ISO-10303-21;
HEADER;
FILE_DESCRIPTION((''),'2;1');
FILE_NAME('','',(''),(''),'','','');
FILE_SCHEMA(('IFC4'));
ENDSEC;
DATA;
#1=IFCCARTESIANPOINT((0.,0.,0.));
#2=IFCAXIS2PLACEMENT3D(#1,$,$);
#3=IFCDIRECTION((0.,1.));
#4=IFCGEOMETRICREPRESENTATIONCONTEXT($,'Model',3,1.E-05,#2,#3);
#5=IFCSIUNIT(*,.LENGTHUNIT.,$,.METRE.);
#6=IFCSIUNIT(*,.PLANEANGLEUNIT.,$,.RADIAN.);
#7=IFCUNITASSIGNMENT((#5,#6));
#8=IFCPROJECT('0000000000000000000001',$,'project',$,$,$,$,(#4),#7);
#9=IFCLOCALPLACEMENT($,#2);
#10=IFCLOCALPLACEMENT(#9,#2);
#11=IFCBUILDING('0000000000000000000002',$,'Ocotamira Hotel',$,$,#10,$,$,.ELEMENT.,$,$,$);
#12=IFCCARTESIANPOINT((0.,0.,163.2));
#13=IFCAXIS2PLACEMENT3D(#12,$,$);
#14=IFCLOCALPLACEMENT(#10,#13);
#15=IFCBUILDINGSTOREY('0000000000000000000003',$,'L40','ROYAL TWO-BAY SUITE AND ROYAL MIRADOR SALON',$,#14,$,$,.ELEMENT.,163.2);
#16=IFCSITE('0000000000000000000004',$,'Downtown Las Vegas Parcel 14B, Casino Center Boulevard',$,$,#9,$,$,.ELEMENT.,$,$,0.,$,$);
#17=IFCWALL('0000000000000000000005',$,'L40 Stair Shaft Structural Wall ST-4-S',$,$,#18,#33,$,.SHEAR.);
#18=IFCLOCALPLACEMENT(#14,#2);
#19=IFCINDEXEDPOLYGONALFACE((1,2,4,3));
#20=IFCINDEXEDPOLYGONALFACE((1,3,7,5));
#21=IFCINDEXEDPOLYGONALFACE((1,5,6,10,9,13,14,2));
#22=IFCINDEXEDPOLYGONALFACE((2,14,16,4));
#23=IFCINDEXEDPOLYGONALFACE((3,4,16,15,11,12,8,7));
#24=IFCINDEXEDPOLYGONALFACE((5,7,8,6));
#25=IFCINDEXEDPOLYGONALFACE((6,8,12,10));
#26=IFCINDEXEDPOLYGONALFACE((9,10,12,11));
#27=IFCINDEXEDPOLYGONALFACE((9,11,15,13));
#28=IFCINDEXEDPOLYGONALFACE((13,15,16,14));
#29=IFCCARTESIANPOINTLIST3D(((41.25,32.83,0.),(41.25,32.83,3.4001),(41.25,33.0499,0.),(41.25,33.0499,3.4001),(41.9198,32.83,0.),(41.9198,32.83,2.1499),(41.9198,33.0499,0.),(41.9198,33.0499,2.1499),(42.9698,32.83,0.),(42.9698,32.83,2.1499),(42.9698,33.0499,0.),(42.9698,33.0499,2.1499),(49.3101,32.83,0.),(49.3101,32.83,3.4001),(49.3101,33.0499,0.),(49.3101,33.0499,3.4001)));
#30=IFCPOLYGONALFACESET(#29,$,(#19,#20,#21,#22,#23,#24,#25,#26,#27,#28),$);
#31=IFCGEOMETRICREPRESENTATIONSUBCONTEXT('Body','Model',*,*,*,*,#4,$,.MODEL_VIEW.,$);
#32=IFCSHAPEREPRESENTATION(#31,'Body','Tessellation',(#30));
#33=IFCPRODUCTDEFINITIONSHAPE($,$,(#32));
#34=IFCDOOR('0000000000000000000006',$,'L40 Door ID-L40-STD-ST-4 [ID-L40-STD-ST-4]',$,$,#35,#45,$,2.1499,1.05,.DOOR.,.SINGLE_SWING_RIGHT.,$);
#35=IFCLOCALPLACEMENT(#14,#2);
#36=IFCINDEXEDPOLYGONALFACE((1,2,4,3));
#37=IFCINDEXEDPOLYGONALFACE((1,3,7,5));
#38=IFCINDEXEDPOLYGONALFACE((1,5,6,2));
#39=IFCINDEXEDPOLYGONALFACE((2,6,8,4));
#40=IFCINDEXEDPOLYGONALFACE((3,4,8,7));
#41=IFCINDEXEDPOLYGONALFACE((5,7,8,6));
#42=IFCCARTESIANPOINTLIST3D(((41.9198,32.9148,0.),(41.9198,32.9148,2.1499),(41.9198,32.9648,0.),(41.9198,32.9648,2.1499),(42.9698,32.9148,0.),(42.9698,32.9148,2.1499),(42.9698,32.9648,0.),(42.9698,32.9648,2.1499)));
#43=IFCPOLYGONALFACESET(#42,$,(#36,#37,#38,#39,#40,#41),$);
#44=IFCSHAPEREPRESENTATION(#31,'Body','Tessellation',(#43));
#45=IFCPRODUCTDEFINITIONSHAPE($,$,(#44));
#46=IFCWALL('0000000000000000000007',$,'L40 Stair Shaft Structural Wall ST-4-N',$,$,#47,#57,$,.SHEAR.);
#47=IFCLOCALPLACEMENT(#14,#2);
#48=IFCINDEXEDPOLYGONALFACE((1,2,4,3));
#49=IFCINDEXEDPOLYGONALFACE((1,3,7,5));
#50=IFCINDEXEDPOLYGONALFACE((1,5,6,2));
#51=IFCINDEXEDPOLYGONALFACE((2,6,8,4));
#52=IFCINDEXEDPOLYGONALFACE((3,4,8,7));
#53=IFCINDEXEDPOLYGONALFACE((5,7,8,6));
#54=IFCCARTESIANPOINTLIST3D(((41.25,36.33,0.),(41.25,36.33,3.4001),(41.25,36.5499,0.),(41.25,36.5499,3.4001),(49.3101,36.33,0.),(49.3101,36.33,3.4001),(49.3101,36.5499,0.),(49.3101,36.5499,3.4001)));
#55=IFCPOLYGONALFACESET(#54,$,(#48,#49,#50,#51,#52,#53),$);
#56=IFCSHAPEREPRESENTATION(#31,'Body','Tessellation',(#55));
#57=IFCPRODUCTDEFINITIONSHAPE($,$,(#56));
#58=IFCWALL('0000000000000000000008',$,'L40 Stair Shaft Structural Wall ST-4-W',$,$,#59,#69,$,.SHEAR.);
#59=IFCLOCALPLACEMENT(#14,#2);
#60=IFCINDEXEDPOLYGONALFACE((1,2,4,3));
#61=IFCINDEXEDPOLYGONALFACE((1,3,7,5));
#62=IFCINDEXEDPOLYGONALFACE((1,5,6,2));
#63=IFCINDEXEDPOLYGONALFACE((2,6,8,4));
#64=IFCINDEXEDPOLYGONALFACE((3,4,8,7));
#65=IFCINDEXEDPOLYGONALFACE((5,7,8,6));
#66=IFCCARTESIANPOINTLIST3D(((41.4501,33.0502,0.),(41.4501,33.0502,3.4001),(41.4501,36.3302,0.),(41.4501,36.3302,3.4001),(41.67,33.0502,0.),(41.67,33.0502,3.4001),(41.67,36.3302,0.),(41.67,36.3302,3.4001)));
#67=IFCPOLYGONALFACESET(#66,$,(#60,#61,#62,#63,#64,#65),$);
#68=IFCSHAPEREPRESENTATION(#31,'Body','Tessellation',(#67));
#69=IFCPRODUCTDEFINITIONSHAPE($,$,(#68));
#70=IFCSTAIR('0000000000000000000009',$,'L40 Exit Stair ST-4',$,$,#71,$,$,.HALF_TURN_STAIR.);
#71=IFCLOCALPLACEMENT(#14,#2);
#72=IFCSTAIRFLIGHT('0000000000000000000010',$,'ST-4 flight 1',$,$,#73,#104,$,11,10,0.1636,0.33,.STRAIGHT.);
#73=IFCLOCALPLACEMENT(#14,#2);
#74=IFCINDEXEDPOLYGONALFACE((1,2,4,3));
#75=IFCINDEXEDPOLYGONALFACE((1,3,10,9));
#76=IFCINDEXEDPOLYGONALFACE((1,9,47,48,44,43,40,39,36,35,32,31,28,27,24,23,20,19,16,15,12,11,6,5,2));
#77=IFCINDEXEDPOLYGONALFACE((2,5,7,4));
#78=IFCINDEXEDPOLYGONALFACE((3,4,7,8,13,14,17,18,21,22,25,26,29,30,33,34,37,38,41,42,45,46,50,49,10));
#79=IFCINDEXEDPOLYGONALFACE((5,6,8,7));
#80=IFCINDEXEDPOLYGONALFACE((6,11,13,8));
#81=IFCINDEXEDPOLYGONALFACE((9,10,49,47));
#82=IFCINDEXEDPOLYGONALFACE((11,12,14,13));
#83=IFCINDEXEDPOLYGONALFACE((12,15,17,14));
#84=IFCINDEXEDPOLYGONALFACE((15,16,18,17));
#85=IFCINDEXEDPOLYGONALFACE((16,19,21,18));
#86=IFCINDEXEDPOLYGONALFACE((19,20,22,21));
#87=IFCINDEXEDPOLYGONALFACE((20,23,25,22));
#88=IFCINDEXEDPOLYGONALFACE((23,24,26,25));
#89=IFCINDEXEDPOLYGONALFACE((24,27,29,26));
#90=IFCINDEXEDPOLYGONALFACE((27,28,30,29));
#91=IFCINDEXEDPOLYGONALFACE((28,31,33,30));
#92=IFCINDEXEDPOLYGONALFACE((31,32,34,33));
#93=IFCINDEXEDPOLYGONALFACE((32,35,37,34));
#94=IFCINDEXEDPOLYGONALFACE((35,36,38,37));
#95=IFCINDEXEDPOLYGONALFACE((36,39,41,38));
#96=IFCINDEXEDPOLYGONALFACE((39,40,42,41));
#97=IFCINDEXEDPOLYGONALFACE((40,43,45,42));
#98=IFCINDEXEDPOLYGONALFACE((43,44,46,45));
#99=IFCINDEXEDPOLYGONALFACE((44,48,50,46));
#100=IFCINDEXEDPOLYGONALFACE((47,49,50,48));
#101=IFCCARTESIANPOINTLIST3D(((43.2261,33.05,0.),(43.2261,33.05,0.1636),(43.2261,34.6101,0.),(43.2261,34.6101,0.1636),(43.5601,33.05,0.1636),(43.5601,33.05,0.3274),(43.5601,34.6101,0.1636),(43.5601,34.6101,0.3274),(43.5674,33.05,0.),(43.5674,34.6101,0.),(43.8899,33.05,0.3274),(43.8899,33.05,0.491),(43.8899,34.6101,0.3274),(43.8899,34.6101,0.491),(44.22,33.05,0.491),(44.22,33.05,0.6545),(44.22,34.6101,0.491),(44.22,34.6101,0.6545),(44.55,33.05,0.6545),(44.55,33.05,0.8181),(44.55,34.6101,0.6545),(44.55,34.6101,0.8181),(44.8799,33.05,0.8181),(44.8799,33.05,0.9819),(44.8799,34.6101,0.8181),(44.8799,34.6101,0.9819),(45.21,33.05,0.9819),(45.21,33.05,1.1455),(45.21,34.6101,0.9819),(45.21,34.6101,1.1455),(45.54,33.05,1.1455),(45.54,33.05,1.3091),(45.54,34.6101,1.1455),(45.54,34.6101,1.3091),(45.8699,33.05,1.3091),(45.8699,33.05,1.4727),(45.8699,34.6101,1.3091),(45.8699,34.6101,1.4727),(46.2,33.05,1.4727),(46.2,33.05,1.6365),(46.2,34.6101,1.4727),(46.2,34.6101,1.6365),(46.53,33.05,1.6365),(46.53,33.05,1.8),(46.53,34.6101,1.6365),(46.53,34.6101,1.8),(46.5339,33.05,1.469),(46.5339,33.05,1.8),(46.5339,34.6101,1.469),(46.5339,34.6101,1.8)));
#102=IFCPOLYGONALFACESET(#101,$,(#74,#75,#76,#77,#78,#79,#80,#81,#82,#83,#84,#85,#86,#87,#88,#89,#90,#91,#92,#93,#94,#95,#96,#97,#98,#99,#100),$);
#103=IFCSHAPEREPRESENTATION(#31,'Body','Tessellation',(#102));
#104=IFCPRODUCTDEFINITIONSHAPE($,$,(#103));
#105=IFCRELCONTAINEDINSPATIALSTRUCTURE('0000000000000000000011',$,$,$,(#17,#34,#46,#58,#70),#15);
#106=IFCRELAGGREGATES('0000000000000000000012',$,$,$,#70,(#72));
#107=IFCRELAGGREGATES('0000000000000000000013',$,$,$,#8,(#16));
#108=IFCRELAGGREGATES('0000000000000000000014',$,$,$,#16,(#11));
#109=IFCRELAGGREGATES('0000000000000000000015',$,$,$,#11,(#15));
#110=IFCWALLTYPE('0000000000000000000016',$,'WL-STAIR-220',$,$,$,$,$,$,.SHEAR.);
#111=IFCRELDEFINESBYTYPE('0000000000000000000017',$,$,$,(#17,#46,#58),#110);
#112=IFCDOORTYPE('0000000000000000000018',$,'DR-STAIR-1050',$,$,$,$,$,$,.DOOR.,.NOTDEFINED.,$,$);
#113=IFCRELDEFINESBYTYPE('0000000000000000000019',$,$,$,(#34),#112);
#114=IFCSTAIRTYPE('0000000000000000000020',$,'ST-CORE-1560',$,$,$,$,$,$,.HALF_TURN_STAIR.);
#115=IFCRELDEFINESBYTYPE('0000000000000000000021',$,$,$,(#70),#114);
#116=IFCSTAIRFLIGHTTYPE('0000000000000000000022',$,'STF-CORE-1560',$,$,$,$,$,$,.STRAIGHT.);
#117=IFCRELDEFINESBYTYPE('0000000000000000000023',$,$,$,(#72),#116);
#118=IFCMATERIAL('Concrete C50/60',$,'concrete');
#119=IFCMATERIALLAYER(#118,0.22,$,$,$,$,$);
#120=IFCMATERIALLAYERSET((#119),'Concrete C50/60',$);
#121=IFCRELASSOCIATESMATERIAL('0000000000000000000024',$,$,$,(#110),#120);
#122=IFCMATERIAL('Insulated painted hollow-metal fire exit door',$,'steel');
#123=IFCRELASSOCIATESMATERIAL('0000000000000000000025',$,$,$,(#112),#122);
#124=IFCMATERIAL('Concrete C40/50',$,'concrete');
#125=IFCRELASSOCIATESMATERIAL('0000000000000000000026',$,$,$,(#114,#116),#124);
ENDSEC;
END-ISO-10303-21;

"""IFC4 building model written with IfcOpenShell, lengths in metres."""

from ifc_helpers import new_model, si_unit, direction, frame, frame_2d, origin, place, context, subcontext, project, spatial, polyline, rectangle, outline, extrude, source, transform, mapped, material, layer, layer_set, type_object, element, fill, aggregate, save


model = new_model("IFC4")

# Units and contexts
model_context = context("Model", 3, precision=1e-05, world=origin(), true_north=direction((0.0, 1.0)))
body_context = subcontext(model_context, "Body", "Model", "MODEL_VIEW")
ifc_project = project(units=[si_unit("LENGTHUNIT", "METRE"), si_unit("PLANEANGLEUNIT", "RADIAN")], contexts=[model_context])

# Site, building, storey
site_placement = place(None, origin())
site = spatial("IfcSite", under=ifc_project, at=site_placement, Name="Downtown Las Vegas Parcel 14B, Casino Center Boulevard", CompositionType="ELEMENT", RefElevation=0.0)
building_placement = place(site_placement, origin())
building = spatial("IfcBuilding", under=site, at=building_placement, Name="Ocotamira Hotel", CompositionType="ELEMENT")
storey_placement = place(building_placement, frame((0.0, 0.0, 163.2)))
storey = spatial("IfcBuildingStorey", under=building, at=storey_placement, Name="L40", Description="ROYAL TWO-BAY SUITE AND ROYAL MIRADOR SALON", CompositionType="ELEMENT", Elevation=163.2)

# Shared definitions
ifc_material_1 = material(Name="Concrete C50/60", Category="concrete")

# Wall, opening, door
ifc_layer_1 = layer(ifc_material_1, 0.22)
ifc_layer_set_1 = layer_set([ifc_layer_1], Name="Concrete C50/60")
wall_type_1 = type_object("IfcWallType", Name="WL-STAIR-220", PredefinedType="SHEAR", material=ifc_layer_set_1)
wall_1_placement = place(storey_placement, frame((41.25, 32.9399, 0.0), z_axis=(0.0, 0.0, 1.0), x_axis=(1.0, 0.0, 0.0)))
wall_1 = element("IfcWall", 1, at=wall_1_placement, inside=storey, type_object=wall_type_1, Name="L40 Stair Shaft Structural Wall ST-4-S", PredefinedType="SHEAR", context=body_context, shape_type="SweptSolid", body=[
    extrude(rectangle(XDim=8.0601, YDim=0.22, at=frame_2d((4.03, 0.0))), origin(), (0.0, 0.0, 1.0), 3.4001),
])
opening_1_placement = place(wall_1_placement, frame((0.6699, 0.0, 0.0)))
opening_1 = element("IfcOpeningElement", 2, at=opening_1_placement, cuts=wall_1, PredefinedType="OPENING", context=body_context, shape_type="SweptSolid", body=[
    extrude(rectangle(XDim=1.05, YDim=2.1499, at=frame_2d((0.5249, 1.075))), frame((0.0, 0.1201, 0.0), z_axis=(0.0, -1.0, 0.0), x_axis=(1.0, 0.0, 0.0)), (0.0, 0.0, 1.0), 0.24),
])
ifc_material_2 = material(Name="Insulated painted hollow-metal fire exit door", Category="steel")
door_type_1 = type_object("IfcDoorType", Name="DR-STAIR-1050", OperationType="NOTDEFINED", PredefinedType="DOOR", material=ifc_material_2)
shared_shape_1 = source(origin(), body_context, "Body", "SweptSolid", [
    extrude(rectangle(XDim=1.05, YDim=2.1499, at=frame_2d((0.5249, 1.075))), frame((0.0, 0.0249, 0.0), z_axis=(0.0, -1.0, 0.0), x_axis=(1.0, 0.0, 0.0)), (0.0, 0.0, 1.0), 0.05),
])
door_1_placement = place(opening_1_placement, origin())
door_1 = element("IfcDoor", 3, at=door_1_placement, inside=storey, type_object=door_type_1, Name="L40 Door ID-L40-STD-ST-4 [ID-L40-STD-ST-4]", OperationType="SINGLE_SWING_RIGHT", OverallHeight=2.1499, OverallWidth=1.05, PredefinedType="DOOR", context=body_context, shape_type="MappedRepresentation", body=[
    mapped(shared_shape_1, transform((0.0, 0.0, 0.0), scale=1.0)),
])
fill(opening_1, door_1)

# Walls
wall_2_placement = place(storey_placement, frame((41.25, 36.4399, 0.0), z_axis=(0.0, 0.0, 1.0), x_axis=(1.0, 0.0, 0.0)))
element("IfcWall", 4, at=wall_2_placement, inside=storey, type_object=wall_type_1, Name="L40 Stair Shaft Structural Wall ST-4-N", PredefinedType="SHEAR", context=body_context, shape_type="SweptSolid", body=[
    extrude(rectangle(XDim=8.0601, YDim=0.22, at=frame_2d((4.03, 0.0))), origin(), (0.0, 0.0, 1.0), 3.4001),
])
wall_3_placement = place(storey_placement, frame((41.5601, 33.05, 0.0), z_axis=(0.0, 0.0, 1.0), x_axis=(0.0, 1.0, 0.0)))
element("IfcWall", 5, at=wall_3_placement, inside=storey, type_object=wall_type_1, Name="L40 Stair Shaft Structural Wall ST-4-W", PredefinedType="SHEAR", context=body_context, shape_type="SweptSolid", body=[
    extrude(rectangle(XDim=3.28, YDim=0.22, at=frame_2d((1.6401, 0.0))), origin(), (0.0, 0.0, 1.0), 3.4001),
])

# Stair, stair flight
ifc_material_3 = material(Name="Concrete C40/50", Category="concrete")
stair_type = type_object("IfcStairType", Name="ST-CORE-1560", PredefinedType="HALF_TURN_STAIR", material=ifc_material_3)
stair_placement = place(storey_placement, origin())
stair = element("IfcStair", 6, at=stair_placement, inside=storey, type_object=stair_type, Name="L40 Exit Stair ST-4", PredefinedType="HALF_TURN_STAIR")
stair_flight_type = type_object("IfcStairFlightType", Name="STF-CORE-1560", PredefinedType="STRAIGHT", material=ifc_material_3)
shared_shape_2 = source(origin(), body_context, "Body", "SweptSolid", [
    extrude(outline(polyline([(-0.0039, 0.0), (-0.0039, 0.1636), (0.3301, 0.1636), (0.3301, 0.3274), (0.6599, 0.3274), (0.6599, 0.491), (0.99, 0.491), (0.99, 0.6545), (1.3201, 0.6545), (1.3201, 0.8181), (1.6499, 0.8181), (1.6499, 0.9819), (1.98, 0.9819), (1.98, 1.1455), (2.3101, 1.1455), (2.3101, 1.3091), (2.6399, 1.3091), (2.6399, 1.4727), (2.97, 1.4727), (2.97, 1.6365), (3.3, 1.6365), (3.3, 1.8), (3.304, 1.8), (3.304, 1.469), (0.3374, 0.0), (-0.0039, 0.0)])), frame((0.0, 0.78, 0.0), z_axis=(0.0, -1.0, 0.0), x_axis=(1.0, 0.0, 0.0)), (0.0, 0.0, 1.0), 1.5601),
])
stair_flight_placement = place(storey_placement, frame((43.23, 33.8301, 0.0), z_axis=(0.0, 0.0, 1.0), x_axis=(1.0, 0.0, 0.0)))
stair_flight = element("IfcStairFlight", 7, at=stair_flight_placement, type_object=stair_flight_type, Name="ST-4 flight 1", NumberOfRisers=11, NumberOfTreads=10, PredefinedType="STRAIGHT", RiserHeight=0.1636, TreadLength=0.33, context=body_context, shape_type="MappedRepresentation", body=[
    mapped(shared_shape_2, transform((0.0, 0.0, 0.0), scale=1.0)),
])
aggregate(stair, [stair_flight])

save(model, "model.ifc")
